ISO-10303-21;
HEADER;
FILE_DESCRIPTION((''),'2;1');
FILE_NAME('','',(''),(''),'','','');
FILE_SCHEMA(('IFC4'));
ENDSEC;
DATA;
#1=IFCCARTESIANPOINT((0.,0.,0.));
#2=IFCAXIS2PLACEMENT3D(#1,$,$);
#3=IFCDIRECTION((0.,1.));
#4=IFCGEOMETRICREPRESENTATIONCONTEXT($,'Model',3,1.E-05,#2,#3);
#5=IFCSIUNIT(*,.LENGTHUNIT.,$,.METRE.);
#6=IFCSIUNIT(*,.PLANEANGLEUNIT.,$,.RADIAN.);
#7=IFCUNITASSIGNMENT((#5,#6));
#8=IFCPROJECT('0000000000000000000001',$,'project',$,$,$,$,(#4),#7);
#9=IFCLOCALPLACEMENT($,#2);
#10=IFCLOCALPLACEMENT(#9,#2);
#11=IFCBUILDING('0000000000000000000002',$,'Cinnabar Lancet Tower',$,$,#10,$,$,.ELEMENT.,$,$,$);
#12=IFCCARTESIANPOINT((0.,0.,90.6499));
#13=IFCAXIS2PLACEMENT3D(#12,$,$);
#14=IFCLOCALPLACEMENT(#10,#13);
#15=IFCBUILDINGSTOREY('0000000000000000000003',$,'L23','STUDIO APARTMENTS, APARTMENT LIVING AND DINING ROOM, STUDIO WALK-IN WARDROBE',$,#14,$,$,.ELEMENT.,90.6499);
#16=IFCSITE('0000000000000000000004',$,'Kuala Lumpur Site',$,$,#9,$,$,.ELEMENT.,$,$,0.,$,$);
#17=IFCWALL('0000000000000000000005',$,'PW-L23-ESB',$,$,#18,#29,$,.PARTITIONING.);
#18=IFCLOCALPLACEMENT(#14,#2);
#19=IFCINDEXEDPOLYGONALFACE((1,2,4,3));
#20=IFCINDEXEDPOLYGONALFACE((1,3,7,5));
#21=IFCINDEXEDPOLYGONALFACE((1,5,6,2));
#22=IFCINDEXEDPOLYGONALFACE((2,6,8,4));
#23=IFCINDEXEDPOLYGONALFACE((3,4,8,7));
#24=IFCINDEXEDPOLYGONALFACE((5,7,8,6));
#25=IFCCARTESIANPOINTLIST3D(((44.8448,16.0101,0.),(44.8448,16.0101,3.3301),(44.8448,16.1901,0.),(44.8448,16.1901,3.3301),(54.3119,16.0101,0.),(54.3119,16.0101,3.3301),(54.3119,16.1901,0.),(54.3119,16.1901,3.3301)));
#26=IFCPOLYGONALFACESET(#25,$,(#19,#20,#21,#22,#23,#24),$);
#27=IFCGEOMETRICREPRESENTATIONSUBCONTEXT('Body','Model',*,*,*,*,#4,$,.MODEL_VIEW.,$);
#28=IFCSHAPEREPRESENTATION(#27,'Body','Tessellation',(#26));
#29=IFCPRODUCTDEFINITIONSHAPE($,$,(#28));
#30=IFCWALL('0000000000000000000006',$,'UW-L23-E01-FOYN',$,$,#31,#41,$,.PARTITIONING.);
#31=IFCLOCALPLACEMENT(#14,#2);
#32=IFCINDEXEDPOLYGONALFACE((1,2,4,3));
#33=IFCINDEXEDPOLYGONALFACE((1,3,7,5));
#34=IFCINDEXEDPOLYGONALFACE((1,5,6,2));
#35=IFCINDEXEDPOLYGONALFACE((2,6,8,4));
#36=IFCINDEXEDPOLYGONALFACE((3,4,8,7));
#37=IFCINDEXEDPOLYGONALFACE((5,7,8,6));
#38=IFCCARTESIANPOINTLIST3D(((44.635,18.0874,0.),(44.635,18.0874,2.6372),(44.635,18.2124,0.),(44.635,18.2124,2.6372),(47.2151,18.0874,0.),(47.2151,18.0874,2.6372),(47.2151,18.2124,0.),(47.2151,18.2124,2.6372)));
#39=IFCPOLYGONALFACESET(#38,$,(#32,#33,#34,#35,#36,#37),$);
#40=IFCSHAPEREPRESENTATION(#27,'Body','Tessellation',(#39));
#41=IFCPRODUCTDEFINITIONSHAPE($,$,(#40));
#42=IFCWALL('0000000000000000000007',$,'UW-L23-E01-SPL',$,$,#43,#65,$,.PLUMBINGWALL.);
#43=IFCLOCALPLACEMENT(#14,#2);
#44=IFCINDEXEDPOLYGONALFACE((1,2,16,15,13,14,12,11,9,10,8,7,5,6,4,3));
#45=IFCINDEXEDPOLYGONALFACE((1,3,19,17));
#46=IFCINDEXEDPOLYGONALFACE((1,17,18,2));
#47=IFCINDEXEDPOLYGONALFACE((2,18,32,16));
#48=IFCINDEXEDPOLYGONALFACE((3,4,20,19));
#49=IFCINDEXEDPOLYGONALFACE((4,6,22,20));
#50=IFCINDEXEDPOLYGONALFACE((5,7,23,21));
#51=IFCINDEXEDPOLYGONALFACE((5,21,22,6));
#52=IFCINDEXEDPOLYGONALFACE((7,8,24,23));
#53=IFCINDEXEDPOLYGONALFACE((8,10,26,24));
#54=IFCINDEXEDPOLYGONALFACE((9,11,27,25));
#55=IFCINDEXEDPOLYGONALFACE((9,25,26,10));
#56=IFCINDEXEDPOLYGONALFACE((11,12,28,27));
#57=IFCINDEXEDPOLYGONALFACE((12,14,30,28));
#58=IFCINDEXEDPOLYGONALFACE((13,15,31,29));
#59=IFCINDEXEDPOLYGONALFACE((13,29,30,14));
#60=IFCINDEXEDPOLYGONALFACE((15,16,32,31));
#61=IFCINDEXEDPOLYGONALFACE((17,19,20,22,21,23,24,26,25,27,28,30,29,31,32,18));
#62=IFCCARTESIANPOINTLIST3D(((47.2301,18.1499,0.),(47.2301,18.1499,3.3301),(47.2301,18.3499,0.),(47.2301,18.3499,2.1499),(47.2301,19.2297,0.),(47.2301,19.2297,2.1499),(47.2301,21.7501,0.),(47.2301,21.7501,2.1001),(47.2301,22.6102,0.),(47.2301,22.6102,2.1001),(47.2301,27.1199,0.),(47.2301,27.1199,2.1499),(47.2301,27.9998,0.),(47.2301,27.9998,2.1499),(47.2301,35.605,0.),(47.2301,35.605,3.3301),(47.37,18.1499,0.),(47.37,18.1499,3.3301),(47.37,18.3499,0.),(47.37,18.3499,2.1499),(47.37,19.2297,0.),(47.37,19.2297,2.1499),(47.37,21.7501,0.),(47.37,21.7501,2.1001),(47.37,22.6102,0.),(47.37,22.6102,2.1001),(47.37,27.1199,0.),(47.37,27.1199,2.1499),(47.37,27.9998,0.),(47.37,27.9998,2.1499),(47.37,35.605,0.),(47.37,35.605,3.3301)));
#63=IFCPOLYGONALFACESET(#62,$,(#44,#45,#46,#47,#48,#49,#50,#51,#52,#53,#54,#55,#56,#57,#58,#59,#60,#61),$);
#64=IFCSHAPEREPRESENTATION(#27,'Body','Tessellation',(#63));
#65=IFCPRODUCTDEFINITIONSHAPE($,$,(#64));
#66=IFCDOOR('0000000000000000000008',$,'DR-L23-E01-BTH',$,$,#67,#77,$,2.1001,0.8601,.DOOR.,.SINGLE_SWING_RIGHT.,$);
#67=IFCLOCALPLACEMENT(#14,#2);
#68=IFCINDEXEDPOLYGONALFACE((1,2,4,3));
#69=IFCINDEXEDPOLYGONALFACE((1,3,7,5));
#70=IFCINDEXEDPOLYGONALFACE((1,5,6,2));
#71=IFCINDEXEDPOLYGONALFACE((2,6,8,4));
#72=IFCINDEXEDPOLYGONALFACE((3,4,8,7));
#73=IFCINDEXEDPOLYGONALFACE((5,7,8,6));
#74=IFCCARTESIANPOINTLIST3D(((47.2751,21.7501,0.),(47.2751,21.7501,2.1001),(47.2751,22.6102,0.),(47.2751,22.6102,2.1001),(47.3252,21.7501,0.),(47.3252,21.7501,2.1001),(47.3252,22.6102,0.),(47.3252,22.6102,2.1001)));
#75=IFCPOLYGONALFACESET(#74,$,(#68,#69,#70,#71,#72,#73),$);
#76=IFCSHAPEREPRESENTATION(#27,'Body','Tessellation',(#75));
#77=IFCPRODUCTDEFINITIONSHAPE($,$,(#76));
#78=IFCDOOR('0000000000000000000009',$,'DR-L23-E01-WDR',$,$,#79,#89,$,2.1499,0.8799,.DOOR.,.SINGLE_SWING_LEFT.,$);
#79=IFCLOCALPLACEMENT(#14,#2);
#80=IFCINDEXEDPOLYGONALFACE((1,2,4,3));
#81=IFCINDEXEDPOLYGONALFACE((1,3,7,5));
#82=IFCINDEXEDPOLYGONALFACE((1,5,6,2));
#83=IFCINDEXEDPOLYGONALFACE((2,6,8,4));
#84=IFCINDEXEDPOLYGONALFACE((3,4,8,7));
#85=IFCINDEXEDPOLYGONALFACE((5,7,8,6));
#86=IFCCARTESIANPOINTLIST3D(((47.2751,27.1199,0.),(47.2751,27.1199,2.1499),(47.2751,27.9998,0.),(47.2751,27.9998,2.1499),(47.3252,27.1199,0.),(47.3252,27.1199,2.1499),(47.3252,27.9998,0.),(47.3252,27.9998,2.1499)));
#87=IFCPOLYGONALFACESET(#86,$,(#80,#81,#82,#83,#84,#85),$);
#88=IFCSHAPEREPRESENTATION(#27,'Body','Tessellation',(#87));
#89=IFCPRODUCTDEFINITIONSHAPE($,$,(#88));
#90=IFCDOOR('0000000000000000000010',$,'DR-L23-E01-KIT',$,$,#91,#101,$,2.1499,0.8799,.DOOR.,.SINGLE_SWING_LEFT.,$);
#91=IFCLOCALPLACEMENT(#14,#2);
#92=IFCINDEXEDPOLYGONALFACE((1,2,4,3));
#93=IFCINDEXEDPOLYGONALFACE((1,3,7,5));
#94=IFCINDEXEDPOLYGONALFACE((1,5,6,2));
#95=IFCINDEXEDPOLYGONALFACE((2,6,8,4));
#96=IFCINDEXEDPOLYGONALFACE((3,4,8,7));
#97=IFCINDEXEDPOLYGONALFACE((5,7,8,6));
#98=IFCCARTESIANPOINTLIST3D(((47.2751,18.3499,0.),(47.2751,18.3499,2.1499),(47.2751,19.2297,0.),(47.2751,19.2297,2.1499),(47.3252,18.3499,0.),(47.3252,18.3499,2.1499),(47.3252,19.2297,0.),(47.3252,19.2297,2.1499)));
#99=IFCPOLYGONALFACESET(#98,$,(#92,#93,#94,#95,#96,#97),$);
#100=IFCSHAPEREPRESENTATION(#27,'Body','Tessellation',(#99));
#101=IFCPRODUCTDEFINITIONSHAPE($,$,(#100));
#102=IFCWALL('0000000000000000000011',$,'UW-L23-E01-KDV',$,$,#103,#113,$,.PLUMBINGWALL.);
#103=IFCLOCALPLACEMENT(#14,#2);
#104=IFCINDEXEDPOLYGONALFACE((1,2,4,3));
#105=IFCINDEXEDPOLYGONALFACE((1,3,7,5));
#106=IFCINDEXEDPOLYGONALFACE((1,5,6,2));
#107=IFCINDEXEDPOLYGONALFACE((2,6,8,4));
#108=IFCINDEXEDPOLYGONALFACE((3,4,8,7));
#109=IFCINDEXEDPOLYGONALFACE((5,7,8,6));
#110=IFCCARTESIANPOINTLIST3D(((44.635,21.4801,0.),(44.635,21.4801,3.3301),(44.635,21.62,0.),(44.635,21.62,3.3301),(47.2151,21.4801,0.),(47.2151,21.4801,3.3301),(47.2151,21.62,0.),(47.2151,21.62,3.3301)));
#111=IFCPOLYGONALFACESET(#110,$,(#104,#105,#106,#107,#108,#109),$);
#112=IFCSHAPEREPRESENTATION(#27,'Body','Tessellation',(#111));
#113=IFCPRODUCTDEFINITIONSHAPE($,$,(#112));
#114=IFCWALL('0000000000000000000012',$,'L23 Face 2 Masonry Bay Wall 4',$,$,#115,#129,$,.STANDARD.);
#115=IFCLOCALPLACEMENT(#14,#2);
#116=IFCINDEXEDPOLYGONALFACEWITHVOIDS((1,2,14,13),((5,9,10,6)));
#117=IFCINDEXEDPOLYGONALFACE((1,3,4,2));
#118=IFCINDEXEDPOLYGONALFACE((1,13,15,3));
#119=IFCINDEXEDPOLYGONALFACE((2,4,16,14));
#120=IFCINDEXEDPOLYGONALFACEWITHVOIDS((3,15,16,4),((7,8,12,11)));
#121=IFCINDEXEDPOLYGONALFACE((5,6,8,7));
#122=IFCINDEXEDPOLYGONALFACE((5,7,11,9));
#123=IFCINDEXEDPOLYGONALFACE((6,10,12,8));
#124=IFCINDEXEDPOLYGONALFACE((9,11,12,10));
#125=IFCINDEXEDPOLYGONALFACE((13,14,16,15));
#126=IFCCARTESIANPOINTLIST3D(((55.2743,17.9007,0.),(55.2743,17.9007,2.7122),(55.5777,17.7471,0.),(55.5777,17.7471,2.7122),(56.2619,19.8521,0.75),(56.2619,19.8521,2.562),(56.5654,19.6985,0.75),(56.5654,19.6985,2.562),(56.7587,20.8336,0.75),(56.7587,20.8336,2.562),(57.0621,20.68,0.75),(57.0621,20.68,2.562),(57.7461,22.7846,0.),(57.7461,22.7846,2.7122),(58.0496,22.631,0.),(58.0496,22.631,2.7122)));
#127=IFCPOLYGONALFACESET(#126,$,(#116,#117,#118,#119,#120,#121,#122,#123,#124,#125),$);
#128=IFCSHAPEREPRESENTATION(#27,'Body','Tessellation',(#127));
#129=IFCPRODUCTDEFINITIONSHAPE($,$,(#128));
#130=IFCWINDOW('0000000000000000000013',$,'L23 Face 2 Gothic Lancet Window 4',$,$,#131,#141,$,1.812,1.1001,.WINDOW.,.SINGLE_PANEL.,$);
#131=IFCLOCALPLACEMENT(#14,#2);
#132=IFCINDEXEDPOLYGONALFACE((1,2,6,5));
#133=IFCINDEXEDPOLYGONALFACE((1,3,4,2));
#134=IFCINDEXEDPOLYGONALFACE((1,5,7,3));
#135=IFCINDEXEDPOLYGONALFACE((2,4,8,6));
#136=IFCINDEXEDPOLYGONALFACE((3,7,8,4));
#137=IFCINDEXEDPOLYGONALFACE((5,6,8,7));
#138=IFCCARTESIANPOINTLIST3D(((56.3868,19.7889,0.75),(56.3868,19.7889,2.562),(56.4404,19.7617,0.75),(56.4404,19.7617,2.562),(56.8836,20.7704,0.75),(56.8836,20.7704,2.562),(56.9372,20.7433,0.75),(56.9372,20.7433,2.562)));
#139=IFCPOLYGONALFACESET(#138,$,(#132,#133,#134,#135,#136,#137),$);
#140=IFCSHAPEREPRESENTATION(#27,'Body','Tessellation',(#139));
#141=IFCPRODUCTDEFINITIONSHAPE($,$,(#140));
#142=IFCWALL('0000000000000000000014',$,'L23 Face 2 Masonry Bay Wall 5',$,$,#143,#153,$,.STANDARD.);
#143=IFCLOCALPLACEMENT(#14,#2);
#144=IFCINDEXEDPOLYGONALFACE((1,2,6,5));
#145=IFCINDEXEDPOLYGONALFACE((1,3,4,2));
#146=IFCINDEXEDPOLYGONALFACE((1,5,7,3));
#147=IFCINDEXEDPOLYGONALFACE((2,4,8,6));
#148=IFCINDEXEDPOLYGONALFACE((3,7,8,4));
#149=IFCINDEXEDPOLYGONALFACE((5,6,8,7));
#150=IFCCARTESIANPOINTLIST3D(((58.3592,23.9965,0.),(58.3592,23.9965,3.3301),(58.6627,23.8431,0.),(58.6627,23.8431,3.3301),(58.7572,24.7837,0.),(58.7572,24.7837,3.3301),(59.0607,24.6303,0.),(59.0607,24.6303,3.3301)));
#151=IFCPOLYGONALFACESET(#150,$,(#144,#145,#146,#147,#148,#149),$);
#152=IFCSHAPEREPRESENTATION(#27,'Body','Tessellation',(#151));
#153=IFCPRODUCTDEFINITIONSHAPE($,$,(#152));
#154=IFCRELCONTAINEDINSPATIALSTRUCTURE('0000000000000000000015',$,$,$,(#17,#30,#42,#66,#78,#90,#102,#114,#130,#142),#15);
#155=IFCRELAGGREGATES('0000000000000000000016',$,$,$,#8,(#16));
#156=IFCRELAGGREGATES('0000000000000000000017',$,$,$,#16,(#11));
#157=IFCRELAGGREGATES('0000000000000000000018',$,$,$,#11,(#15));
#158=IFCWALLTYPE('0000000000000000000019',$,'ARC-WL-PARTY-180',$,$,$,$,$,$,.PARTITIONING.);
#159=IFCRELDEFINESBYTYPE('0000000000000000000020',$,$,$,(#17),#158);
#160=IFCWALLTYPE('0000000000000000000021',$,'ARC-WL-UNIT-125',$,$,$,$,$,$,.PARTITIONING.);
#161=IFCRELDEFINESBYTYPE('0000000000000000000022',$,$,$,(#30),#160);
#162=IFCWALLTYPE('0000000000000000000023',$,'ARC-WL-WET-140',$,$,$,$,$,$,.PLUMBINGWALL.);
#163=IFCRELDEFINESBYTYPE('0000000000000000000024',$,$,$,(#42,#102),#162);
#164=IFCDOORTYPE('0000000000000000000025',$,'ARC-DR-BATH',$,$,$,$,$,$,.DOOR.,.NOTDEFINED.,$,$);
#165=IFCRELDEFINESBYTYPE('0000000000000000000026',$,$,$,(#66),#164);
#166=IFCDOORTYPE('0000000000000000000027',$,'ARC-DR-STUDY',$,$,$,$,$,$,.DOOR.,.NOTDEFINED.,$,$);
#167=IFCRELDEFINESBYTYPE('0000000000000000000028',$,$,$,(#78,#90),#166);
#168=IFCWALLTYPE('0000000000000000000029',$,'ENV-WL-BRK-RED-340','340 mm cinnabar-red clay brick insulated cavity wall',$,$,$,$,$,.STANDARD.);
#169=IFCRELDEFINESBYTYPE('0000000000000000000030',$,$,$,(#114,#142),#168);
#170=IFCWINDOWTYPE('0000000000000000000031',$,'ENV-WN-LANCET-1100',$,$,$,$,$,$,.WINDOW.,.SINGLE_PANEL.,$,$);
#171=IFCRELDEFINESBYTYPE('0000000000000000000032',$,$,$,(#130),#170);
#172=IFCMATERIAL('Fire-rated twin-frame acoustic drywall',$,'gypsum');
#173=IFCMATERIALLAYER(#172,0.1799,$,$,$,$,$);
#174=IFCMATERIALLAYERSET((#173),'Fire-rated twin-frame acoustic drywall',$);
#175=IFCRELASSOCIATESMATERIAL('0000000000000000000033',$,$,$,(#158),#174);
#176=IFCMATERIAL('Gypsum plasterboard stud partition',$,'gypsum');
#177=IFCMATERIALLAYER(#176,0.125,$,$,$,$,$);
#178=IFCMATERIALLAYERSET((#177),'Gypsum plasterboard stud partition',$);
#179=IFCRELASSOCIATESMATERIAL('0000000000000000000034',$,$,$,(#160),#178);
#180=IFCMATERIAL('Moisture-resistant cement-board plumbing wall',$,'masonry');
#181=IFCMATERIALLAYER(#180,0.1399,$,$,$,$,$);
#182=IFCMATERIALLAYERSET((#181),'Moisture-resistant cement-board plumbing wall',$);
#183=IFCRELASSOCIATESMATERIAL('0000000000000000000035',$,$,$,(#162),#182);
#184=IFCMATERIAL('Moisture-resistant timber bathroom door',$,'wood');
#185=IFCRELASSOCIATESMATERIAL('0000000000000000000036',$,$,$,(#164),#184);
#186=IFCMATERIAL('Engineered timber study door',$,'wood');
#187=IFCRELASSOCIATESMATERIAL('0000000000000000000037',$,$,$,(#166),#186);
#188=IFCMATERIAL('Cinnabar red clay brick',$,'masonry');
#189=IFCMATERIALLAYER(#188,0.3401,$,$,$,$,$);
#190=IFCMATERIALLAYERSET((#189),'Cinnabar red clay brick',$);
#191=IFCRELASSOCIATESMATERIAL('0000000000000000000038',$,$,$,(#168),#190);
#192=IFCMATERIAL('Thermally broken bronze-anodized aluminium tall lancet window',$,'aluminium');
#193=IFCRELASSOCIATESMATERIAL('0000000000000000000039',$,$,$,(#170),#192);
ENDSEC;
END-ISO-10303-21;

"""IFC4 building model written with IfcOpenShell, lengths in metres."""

from ifc_helpers import new_model, si_unit, direction, frame, frame_2d, origin, place, context, subcontext, project, spatial, rectangle, extrude, material, layer, layer_set, type_object, element, fill, save


model = new_model("IFC4")

# Units and contexts
model_context = context("Model", 3, precision=1e-05, world=origin(), true_north=direction((0.0, 1.0)))
body_context = subcontext(model_context, "Body", "Model", "MODEL_VIEW")
ifc_project = project(units=[si_unit("LENGTHUNIT", "METRE"), si_unit("PLANEANGLEUNIT", "RADIAN")], contexts=[model_context])

# Site, building, storey
site_placement = place(None, origin())
site = spatial("IfcSite", under=ifc_project, at=site_placement, Name="Kuala Lumpur Site", CompositionType="ELEMENT", RefElevation=0.0)
building_placement = place(site_placement, origin())
building = spatial("IfcBuilding", under=site, at=building_placement, Name="Cinnabar Lancet Tower", CompositionType="ELEMENT")
storey_placement = place(building_placement, frame((0.0, 0.0, 90.6499)))
storey = spatial("IfcBuildingStorey", under=building, at=storey_placement, Name="L23", Description="STUDIO APARTMENTS, APARTMENT LIVING AND DINING ROOM, STUDIO WALK-IN WARDROBE", CompositionType="ELEMENT", Elevation=90.6499)

# Walls
ifc_material_1 = material(Name="Fire-rated twin-frame acoustic drywall", Category="gypsum")
ifc_layer_1 = layer(ifc_material_1, 0.1799)
ifc_layer_set_1 = layer_set([ifc_layer_1], Name="Fire-rated twin-frame acoustic drywall")
wall_type_1 = type_object("IfcWallType", Name="ARC-WL-PARTY-180", PredefinedType="PARTITIONING", material=ifc_layer_set_1)
wall_1_placement = place(storey_placement, frame((44.845, 16.1001, 0.0), z_axis=(0.0, 0.0, 1.0), x_axis=(1.0, 0.0, 0.0)))
element("IfcWall", 1, at=wall_1_placement, inside=storey, type_object=wall_type_1, Name="PW-L23-ESB", PredefinedType="PARTITIONING", context=body_context, shape_type="SweptSolid", body=[
    extrude(rectangle(XDim=9.467, YDim=0.1799, at=frame_2d((4.7334, 0.0))), origin(), (0.0, 0.0, 1.0), 3.3301),
])
ifc_material_2 = material(Name="Gypsum plasterboard stud partition", Category="gypsum")
ifc_layer_2 = layer(ifc_material_2, 0.125)
ifc_layer_set_2 = layer_set([ifc_layer_2], Name="Gypsum plasterboard stud partition")
wall_type_2 = type_object("IfcWallType", Name="ARC-WL-UNIT-125", PredefinedType="PARTITIONING", material=ifc_layer_set_2)
wall_2_placement = place(storey_placement, frame((44.635, 18.1499, 0.0), z_axis=(0.0, 0.0, 1.0), x_axis=(1.0, 0.0, 0.0)))
element("IfcWall", 2, at=wall_2_placement, inside=storey, type_object=wall_type_2, Name="UW-L23-E01-FOYN", PredefinedType="PARTITIONING", context=body_context, shape_type="SweptSolid", body=[
    extrude(rectangle(XDim=2.5801, YDim=0.125, at=frame_2d((1.29, 0.0))), origin(), (0.0, 0.0, 1.0), 2.6372),
])

# Wall, openings, doors
ifc_material_3 = material(Name="Moisture-resistant cement-board plumbing wall", Category="masonry")
ifc_layer_3 = layer(ifc_material_3, 0.1399)
ifc_layer_set_3 = layer_set([ifc_layer_3], Name="Moisture-resistant cement-board plumbing wall")
wall_type_3 = type_object("IfcWallType", Name="ARC-WL-WET-140", PredefinedType="PLUMBINGWALL", material=ifc_layer_set_3)
wall_3_placement = place(storey_placement, frame((47.3, 18.1499, 0.0), z_axis=(0.0, 0.0, 1.0), x_axis=(0.0, 1.0, 0.0)))
wall_3 = element("IfcWall", 3, at=wall_3_placement, inside=storey, type_object=wall_type_3, Name="UW-L23-E01-SPL", PredefinedType="PLUMBINGWALL", context=body_context, shape_type="SweptSolid", body=[
    extrude(rectangle(XDim=17.4551, YDim=0.1399, at=frame_2d((8.7275, 0.0))), origin(), (0.0, 0.0, 1.0), 3.3301),
])
opening_1_placement = place(wall_3_placement, frame((3.6001, 0.0, 0.0)))
opening_1 = element("IfcOpeningElement", 4, at=opening_1_placement, cuts=wall_3, PredefinedType="OPENING", context=body_context, shape_type="SweptSolid", body=[
    extrude(rectangle(XDim=0.8601, YDim=2.1001, at=frame_2d((0.4302, 1.05))), frame((0.0, 0.0798, 0.0), z_axis=(0.0, -1.0, 0.0), x_axis=(1.0, 0.0, 0.0)), (0.0, 0.0, 1.0), 0.1599),
])
opening_2_placement = place(wall_3_placement, frame((8.97, 0.0, 0.0)))
opening_2 = element("IfcOpeningElement", 5, at=opening_2_placement, cuts=wall_3, PredefinedType="OPENING", context=body_context, shape_type="SweptSolid", body=[
    extrude(rectangle(XDim=0.8799, YDim=2.1499, at=frame_2d((0.4399, 1.075))), frame((0.0, 0.0798, 0.0), z_axis=(0.0, -1.0, 0.0), x_axis=(1.0, 0.0, 0.0)), (0.0, 0.0, 1.0), 0.1599),
])
opening_3_placement = place(wall_3_placement, frame((0.2, 0.0, 0.0)))
opening_3 = element("IfcOpeningElement", 6, at=opening_3_placement, cuts=wall_3, PredefinedType="OPENING", context=body_context, shape_type="SweptSolid", body=[
    extrude(rectangle(XDim=0.8799, YDim=2.1499, at=frame_2d((0.4399, 1.075))), frame((0.0, 0.0798, 0.0), z_axis=(0.0, -1.0, 0.0), x_axis=(1.0, 0.0, 0.0)), (0.0, 0.0, 1.0), 0.1599),
])
ifc_material_4 = material(Name="Moisture-resistant timber bathroom door", Category="wood")
door_type_1 = type_object("IfcDoorType", Name="ARC-DR-BATH", OperationType="NOTDEFINED", PredefinedType="DOOR", material=ifc_material_4)
door_1_placement = place(opening_1_placement, origin())
door_1 = element("IfcDoor", 7, at=door_1_placement, inside=storey, type_object=door_type_1, Name="DR-L23-E01-BTH", OperationType="SINGLE_SWING_RIGHT", OverallHeight=2.1001, OverallWidth=0.8601, PredefinedType="DOOR", context=body_context, shape_type="SweptSolid", body=[
    extrude(rectangle(XDim=0.8601, YDim=2.1001, at=frame_2d((0.4302, 1.05))), frame((0.0, 0.0249, 0.0), z_axis=(0.0, -1.0, 0.0), x_axis=(1.0, 0.0, 0.0)), (0.0, 0.0, 1.0), 0.05),
])
fill(opening_1, door_1)
ifc_material_5 = material(Name="Engineered timber study door", Category="wood")
door_type_2 = type_object("IfcDoorType", Name="ARC-DR-STUDY", OperationType="NOTDEFINED", PredefinedType="DOOR", material=ifc_material_5)
door_2_placement = place(opening_2_placement, origin())
door_2 = element("IfcDoor", 8, at=door_2_placement, inside=storey, type_object=door_type_2, Name="DR-L23-E01-WDR", OperationType="SINGLE_SWING_LEFT", OverallHeight=2.1499, OverallWidth=0.8799, PredefinedType="DOOR", context=body_context, shape_type="SweptSolid", body=[
    extrude(rectangle(XDim=0.8799, YDim=2.1499, at=frame_2d((0.4399, 1.075))), frame((0.0, 0.0249, 0.0), z_axis=(0.0, -1.0, 0.0), x_axis=(1.0, 0.0, 0.0)), (0.0, 0.0, 1.0), 0.05),
])
fill(opening_2, door_2)
door_3_placement = place(opening_3_placement, origin())
door_3 = element("IfcDoor", 9, at=door_3_placement, inside=storey, type_object=door_type_2, Name="DR-L23-E01-KIT", OperationType="SINGLE_SWING_LEFT", OverallHeight=2.1499, OverallWidth=0.8799, PredefinedType="DOOR", context=body_context, shape_type="SweptSolid", body=[
    extrude(rectangle(XDim=0.8799, YDim=2.1499, at=frame_2d((0.4399, 1.075))), frame((0.0, 0.0249, 0.0), z_axis=(0.0, -1.0, 0.0), x_axis=(1.0, 0.0, 0.0)), (0.0, 0.0, 1.0), 0.05),
])
fill(opening_3, door_3)

# Wall
wall_4_placement = place(storey_placement, frame((44.635, 21.55, 0.0), z_axis=(0.0, 0.0, 1.0), x_axis=(1.0, 0.0, 0.0)))
element("IfcWall", 10, at=wall_4_placement, inside=storey, type_object=wall_type_3, Name="UW-L23-E01-KDV", PredefinedType="PLUMBINGWALL", context=body_context, shape_type="SweptSolid", body=[
    extrude(rectangle(XDim=2.5801, YDim=0.1399, at=frame_2d((1.29, 0.0))), origin(), (0.0, 0.0, 1.0), 3.3301),
])

# Wall, opening, window
ifc_material_6 = material(Name="Cinnabar red clay brick", Category="masonry")
ifc_layer_4 = layer(ifc_material_6, 0.3401)
ifc_layer_set_4 = layer_set([ifc_layer_4], Name="Cinnabar red clay brick")
wall_type_4 = type_object("IfcWallType", Name="ENV-WL-BRK-RED-340", Description="340 mm cinnabar-red clay brick insulated cavity wall", PredefinedType="STANDARD", material=ifc_layer_set_4)
wall_5_placement = place(storey_placement, frame((55.426, 17.824, 0.0), z_axis=(0.0, 0.0, 1.0), x_axis=(0.451579, 0.892231, 0.0)))
wall_5 = element("IfcWall", 11, at=wall_5_placement, inside=storey, type_object=wall_type_4, Name="L23 Face 2 Masonry Bay Wall 4", PredefinedType="STANDARD", context=body_context, shape_type="SweptSolid", body=[
    extrude(rectangle(XDim=5.4739, YDim=0.3401, at=frame_2d((2.7368, 0.0))), origin(), (0.0, 0.0, 1.0), 2.7122),
])
opening_4_placement = place(wall_5_placement, frame((2.187, 0.0, 0.75)))
opening_4 = element("IfcOpeningElement", 12, at=opening_4_placement, cuts=wall_5, PredefinedType="OPENING", context=body_context, shape_type="SweptSolid", body=[
    extrude(rectangle(XDim=1.1001, YDim=1.812, at=frame_2d((0.55, 0.906))), frame((0.0, 0.1799, 0.0), z_axis=(0.0, -1.0, 0.0), x_axis=(1.0, 0.0, 0.0)), (0.0, 0.0, 1.0), 0.3601),
])
ifc_material_7 = material(Name="Thermally broken bronze-anodized aluminium tall lancet window", Category="aluminium")
window_type = type_object("IfcWindowType", Name="ENV-WN-LANCET-1100", PartitioningType="SINGLE_PANEL", PredefinedType="WINDOW", material=ifc_material_7)
window_placement = place(opening_4_placement, origin())
window = element("IfcWindow", 13, at=window_placement, inside=storey, type_object=window_type, Name="L23 Face 2 Gothic Lancet Window 4", OverallHeight=1.812, OverallWidth=1.1001, PartitioningType="SINGLE_PANEL", PredefinedType="WINDOW", context=body_context, shape_type="SweptSolid", body=[
    extrude(rectangle(XDim=1.1001, YDim=1.812, at=frame_2d((0.55, 0.906))), frame((0.0, 0.03, 0.0), z_axis=(0.0, -1.0, 0.0), x_axis=(1.0, 0.0, 0.0)), (0.0, 0.0, 1.0), 0.0601),
])
fill(opening_4, window)

# Wall
wall_6_placement = place(storey_placement, frame((58.511, 23.9199, 0.0), z_axis=(0.0, 0.0, 1.0), x_axis=(0.451195, 0.892425, 0.0)))
element("IfcWall", 14, at=wall_6_placement, inside=storey, type_object=wall_type_4, Name="L23 Face 2 Masonry Bay Wall 5", PredefinedType="STANDARD", context=body_context, shape_type="SweptSolid", body=[
    extrude(rectangle(XDim=0.8821, YDim=0.3401, at=frame_2d((0.4409, 0.0))), origin(), (0.0, 0.0, 1.0), 3.3301),
])

save(model, "model.ifc")
